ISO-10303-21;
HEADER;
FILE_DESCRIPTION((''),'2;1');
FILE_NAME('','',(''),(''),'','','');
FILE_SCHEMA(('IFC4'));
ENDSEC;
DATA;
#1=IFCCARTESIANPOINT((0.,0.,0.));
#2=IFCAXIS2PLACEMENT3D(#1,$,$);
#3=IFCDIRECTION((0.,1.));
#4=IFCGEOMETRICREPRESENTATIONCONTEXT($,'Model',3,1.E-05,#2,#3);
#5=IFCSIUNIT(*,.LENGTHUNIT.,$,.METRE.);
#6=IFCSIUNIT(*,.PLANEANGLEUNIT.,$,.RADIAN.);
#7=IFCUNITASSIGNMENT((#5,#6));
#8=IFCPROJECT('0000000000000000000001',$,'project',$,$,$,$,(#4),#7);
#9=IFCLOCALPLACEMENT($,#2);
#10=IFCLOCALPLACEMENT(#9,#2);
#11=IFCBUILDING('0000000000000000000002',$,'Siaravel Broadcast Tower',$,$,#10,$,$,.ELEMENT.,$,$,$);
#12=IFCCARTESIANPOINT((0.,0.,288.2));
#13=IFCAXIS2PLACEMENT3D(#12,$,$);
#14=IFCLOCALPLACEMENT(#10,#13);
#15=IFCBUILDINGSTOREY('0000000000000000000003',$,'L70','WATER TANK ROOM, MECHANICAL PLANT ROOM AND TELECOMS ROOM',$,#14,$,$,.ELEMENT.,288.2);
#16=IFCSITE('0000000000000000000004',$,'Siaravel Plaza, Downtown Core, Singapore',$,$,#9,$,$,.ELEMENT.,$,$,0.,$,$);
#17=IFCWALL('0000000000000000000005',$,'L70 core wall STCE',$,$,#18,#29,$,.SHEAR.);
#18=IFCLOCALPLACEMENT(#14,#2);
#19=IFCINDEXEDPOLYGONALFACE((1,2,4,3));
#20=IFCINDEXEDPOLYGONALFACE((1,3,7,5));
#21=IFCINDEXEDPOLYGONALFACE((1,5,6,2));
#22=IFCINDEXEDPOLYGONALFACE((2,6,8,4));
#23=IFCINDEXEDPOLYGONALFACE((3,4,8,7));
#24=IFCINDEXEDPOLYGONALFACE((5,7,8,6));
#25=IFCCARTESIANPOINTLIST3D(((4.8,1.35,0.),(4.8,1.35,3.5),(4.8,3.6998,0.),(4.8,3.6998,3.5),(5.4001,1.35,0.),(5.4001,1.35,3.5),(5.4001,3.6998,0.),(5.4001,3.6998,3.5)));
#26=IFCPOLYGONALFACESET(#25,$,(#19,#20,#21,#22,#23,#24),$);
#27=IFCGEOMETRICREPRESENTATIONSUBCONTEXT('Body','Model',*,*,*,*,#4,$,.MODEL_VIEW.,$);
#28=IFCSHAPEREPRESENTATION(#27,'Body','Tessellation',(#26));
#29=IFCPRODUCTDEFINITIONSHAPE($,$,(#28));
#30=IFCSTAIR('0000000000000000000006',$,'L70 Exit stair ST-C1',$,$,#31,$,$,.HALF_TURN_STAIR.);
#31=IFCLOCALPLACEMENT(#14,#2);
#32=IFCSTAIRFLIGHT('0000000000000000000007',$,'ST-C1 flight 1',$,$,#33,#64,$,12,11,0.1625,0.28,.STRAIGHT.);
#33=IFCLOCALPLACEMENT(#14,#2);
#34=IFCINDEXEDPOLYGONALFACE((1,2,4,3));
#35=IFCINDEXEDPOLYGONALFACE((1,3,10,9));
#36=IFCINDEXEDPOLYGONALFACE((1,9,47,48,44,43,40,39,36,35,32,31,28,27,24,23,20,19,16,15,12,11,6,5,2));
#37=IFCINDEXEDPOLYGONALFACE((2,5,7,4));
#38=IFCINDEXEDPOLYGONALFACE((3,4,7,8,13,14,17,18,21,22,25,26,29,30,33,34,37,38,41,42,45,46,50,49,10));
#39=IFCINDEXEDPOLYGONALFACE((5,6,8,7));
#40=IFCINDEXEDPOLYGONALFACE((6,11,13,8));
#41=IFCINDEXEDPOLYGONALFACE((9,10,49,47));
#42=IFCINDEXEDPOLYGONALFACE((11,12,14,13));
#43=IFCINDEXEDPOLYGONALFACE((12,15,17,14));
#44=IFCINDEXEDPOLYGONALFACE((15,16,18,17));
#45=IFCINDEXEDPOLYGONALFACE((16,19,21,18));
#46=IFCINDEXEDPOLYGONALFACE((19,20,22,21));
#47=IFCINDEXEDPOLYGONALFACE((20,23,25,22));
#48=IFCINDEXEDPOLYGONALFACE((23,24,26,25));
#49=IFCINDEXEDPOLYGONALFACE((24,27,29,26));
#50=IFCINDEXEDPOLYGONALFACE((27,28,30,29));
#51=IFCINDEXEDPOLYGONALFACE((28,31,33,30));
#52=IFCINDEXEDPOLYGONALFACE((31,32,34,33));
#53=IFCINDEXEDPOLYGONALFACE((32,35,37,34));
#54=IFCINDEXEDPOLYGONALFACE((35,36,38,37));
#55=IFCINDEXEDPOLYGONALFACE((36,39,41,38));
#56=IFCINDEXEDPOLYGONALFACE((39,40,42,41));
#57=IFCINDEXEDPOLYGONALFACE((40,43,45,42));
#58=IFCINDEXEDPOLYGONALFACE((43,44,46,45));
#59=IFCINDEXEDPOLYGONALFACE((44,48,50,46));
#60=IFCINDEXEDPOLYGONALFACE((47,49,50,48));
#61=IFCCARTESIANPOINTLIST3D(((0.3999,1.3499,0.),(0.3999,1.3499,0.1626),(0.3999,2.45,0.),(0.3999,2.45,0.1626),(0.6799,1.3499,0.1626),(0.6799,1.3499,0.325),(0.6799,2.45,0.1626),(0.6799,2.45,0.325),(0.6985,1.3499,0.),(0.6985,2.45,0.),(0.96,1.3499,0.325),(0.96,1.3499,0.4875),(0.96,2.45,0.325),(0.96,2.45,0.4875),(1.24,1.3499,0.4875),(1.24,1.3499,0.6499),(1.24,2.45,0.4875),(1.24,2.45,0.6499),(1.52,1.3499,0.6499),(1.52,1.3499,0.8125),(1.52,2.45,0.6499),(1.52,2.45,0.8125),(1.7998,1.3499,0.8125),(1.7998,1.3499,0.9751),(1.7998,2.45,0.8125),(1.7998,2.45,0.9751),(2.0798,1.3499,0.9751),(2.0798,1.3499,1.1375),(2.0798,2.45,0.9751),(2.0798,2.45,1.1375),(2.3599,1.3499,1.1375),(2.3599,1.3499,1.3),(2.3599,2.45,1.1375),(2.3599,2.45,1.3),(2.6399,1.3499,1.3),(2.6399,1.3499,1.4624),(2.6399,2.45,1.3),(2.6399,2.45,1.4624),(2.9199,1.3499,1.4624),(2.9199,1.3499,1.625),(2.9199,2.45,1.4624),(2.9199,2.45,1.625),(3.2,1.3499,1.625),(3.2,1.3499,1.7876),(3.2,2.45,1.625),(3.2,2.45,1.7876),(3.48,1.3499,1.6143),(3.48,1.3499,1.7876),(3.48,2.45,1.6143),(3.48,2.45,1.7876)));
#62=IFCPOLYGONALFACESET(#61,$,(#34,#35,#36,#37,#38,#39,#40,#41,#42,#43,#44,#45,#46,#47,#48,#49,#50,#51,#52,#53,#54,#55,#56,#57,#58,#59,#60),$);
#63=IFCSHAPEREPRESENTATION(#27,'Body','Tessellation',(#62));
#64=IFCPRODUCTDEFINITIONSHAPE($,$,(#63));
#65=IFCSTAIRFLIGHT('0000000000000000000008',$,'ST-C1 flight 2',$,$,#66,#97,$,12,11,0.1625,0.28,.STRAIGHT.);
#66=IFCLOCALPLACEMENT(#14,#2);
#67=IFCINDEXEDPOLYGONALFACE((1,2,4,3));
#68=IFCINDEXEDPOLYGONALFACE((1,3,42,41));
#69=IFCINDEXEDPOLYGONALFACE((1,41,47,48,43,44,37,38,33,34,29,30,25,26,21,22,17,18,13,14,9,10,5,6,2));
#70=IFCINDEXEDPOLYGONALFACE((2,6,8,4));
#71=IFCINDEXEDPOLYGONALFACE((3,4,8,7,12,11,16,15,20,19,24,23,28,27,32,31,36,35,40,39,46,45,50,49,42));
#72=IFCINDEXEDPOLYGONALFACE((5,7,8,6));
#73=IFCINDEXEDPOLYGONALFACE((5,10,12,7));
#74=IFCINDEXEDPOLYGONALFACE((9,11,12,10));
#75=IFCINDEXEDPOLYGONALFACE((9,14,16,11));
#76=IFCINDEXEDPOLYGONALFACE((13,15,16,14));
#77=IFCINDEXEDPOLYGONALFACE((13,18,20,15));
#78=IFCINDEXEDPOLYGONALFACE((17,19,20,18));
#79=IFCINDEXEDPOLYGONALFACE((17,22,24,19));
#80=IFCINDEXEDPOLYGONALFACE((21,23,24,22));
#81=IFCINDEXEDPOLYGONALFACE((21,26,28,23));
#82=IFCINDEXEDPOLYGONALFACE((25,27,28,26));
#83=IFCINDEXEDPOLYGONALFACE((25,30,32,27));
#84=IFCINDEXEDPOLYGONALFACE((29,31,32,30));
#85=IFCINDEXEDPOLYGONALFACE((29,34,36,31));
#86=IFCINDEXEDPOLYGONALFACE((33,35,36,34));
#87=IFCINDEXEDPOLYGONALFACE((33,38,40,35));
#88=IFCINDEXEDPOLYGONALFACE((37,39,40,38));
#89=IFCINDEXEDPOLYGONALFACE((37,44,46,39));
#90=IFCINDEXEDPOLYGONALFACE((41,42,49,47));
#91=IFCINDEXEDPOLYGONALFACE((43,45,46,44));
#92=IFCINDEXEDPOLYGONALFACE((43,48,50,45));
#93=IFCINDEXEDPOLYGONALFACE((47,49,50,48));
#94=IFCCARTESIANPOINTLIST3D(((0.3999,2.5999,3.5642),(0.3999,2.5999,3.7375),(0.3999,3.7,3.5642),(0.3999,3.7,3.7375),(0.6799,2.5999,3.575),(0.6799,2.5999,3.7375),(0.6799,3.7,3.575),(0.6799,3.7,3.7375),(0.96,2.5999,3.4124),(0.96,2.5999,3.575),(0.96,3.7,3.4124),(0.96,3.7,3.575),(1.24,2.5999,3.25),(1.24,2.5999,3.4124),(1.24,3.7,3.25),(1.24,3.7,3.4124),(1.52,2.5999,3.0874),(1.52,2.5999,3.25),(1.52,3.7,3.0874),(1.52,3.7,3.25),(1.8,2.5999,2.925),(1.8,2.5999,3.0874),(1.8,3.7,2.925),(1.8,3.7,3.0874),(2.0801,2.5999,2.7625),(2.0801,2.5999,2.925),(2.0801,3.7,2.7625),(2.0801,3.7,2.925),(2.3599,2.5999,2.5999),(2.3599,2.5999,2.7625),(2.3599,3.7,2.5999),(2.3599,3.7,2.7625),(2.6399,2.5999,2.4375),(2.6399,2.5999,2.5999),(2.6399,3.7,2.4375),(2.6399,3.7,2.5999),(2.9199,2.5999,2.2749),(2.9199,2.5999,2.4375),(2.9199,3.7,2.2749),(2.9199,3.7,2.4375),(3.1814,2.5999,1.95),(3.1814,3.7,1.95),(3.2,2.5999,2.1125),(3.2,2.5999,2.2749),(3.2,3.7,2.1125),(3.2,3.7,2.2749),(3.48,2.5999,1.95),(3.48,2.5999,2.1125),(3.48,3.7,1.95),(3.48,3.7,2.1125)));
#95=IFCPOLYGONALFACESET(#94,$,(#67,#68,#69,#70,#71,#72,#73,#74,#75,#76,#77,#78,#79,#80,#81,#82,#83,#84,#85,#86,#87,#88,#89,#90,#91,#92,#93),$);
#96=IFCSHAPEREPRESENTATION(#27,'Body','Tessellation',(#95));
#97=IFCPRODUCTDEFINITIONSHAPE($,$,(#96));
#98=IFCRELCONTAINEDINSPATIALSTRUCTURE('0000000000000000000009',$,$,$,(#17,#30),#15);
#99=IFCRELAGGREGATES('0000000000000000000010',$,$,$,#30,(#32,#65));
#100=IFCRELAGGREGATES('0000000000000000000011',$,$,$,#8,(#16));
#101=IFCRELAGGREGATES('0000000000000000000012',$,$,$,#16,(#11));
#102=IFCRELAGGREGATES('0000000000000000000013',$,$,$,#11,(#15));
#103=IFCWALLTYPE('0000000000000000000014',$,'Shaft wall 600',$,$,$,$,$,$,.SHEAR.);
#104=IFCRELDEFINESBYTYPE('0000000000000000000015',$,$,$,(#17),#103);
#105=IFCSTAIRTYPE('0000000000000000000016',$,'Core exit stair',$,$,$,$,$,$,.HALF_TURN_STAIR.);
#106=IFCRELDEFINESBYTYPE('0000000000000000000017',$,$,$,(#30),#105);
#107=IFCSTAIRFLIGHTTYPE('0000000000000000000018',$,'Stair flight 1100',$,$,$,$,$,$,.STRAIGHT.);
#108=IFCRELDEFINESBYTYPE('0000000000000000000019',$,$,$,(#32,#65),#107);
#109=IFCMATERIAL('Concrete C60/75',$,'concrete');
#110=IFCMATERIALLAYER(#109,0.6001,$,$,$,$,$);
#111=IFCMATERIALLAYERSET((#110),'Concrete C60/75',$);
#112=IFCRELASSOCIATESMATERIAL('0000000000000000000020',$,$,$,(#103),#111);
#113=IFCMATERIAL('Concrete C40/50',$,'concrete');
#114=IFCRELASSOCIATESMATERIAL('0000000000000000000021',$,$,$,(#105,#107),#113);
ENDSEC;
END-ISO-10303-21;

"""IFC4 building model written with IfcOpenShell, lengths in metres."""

from ifc_helpers import new_model, si_unit, direction, frame, frame_2d, origin, place, context, subcontext, project, spatial, polyline, rectangle, outline, extrude, material, layer, layer_set, type_object, element, aggregate, save


model = new_model("IFC4")

# Units and contexts
model_context = context("Model", 3, precision=1e-05, world=origin(), true_north=direction((0.0, 1.0)))
body_context = subcontext(model_context, "Body", "Model", "MODEL_VIEW")
ifc_project = project(units=[si_unit("LENGTHUNIT", "METRE"), si_unit("PLANEANGLEUNIT", "RADIAN")], contexts=[model_context])

# Site, building, storey
site_placement = place(None, origin())
site = spatial("IfcSite", under=ifc_project, at=site_placement, Name="Siaravel Plaza, Downtown Core, Singapore", CompositionType="ELEMENT", RefElevation=0.0)
building_placement = place(site_placement, origin())
building = spatial("IfcBuilding", under=site, at=building_placement, Name="Siaravel Broadcast Tower", CompositionType="ELEMENT")
storey_placement = place(building_placement, frame((0.0, 0.0, 288.2)))
storey = spatial("IfcBuildingStorey", under=building, at=storey_placement, Name="L70", Description="WATER TANK ROOM, MECHANICAL PLANT ROOM AND TELECOMS ROOM", CompositionType="ELEMENT", Elevation=288.2)

# Wall
ifc_material_1 = material(Name="Concrete C60/75", Category="concrete")
ifc_layer_1 = layer(ifc_material_1, 0.6001)
ifc_layer_set_1 = layer_set([ifc_layer_1], Name="Concrete C60/75")
wall_type_1 = type_object("IfcWallType", Name="Shaft wall 600", PredefinedType="SHEAR", material=ifc_layer_set_1)
wall_1_placement = place(storey_placement, frame((5.1001, 1.3501, 0.0), z_axis=(0.0, 0.0, 1.0), x_axis=(0.0, 1.0, 0.0)))
element("IfcWall", 1, at=wall_1_placement, inside=storey, type_object=wall_type_1, Name="L70 core wall STCE", PredefinedType="SHEAR", context=body_context, shape_type="SweptSolid", body=[
    extrude(rectangle(XDim=2.3499, YDim=0.6001, at=frame_2d((1.1748, 0.0))), origin(), (0.0, 0.0, 1.0), 3.5),
])

# Stair, stair flights
ifc_material_2 = material(Name="Concrete C40/50", Category="concrete")
stair_type = type_object("IfcStairType", Name="Core exit stair", PredefinedType="HALF_TURN_STAIR", material=ifc_material_2)
stair_placement = place(storey_placement, origin())
stair = element("IfcStair", 2, at=stair_placement, inside=storey, type_object=stair_type, Name="L70 Exit stair ST-C1", PredefinedType="HALF_TURN_STAIR")
stair_flight_type = type_object("IfcStairFlightType", Name="Stair flight 1100", PredefinedType="STRAIGHT", material=ifc_material_2)
stair_flight_1_placement = place(storey_placement, frame((0.3999, 1.8999, 0.0), z_axis=(0.0, 0.0, 1.0), x_axis=(1.0, 0.0, 0.0)))
stair_flight_1 = element("IfcStairFlight", 3, at=stair_flight_1_placement, type_object=stair_flight_type, Name="ST-C1 flight 1", NumberOfRisers=12, NumberOfTreads=11, PredefinedType="STRAIGHT", RiserHeight=0.1625, TreadLength=0.28, context=body_context, shape_type="SweptSolid", body=[
    extrude(outline(polyline([(0.0, 0.0), (0.0, 0.1626), (0.28, 0.1626), (0.28, 0.325), (0.5601, 0.325), (0.5601, 0.4875), (0.8401, 0.4875), (0.8401, 0.6499), (1.1201, 0.6499), (1.1201, 0.8125), (1.3999, 0.8125), (1.3999, 0.9751), (1.6799, 0.9751), (1.6799, 1.1375), (1.96, 1.1375), (1.96, 1.3), (2.24, 1.3), (2.24, 1.4624), (2.52, 1.4624), (2.52, 1.625), (2.8, 1.625), (2.8, 1.7876), (3.0801, 1.7876), (3.0801, 1.95), (3.0801, 1.6143), (0.2986, 0.0), (0.0, 0.0)])), frame((0.0, 0.55, 0.0), z_axis=(0.0, -1.0, 0.0), x_axis=(1.0, 0.0, 0.0)), (0.0, 0.0, 1.0), 1.1001),
])
stair_flight_2_placement = place(storey_placement, frame((3.48, 3.1499, 1.95), z_axis=(0.0, 0.0, 1.0), x_axis=(-1.0, 0.0, 0.0)))
stair_flight_2 = element("IfcStairFlight", 4, at=stair_flight_2_placement, type_object=stair_flight_type, Name="ST-C1 flight 2", NumberOfRisers=12, NumberOfTreads=11, PredefinedType="STRAIGHT", RiserHeight=0.1625, TreadLength=0.28, context=body_context, shape_type="SweptSolid", body=[
    extrude(outline(polyline([(0.0, 0.0), (0.0, 0.1626), (0.28, 0.1626), (0.28, 0.325), (0.5601, 0.325), (0.5601, 0.4875), (0.8401, 0.4875), (0.8401, 0.6499), (1.1201, 0.6499), (1.1201, 0.8125), (1.3999, 0.8125), (1.3999, 0.9751), (1.6799, 0.9751), (1.6799, 1.1375), (1.96, 1.1375), (1.96, 1.3), (2.24, 1.3), (2.24, 1.4624), (2.52, 1.4624), (2.52, 1.625), (2.8, 1.625), (2.8, 1.7876), (3.0801, 1.7876), (3.0801, 1.95), (3.0801, 1.6143), (0.2986, 0.0), (0.0, 0.0)])), frame((0.0, 0.55, 0.0), z_axis=(0.0, -1.0, 0.0), x_axis=(1.0, 0.0, 0.0)), (0.0, 0.0, 1.0), 1.1001),
])
aggregate(stair, [stair_flight_1, stair_flight_2])

save(model, "model.ifc")
